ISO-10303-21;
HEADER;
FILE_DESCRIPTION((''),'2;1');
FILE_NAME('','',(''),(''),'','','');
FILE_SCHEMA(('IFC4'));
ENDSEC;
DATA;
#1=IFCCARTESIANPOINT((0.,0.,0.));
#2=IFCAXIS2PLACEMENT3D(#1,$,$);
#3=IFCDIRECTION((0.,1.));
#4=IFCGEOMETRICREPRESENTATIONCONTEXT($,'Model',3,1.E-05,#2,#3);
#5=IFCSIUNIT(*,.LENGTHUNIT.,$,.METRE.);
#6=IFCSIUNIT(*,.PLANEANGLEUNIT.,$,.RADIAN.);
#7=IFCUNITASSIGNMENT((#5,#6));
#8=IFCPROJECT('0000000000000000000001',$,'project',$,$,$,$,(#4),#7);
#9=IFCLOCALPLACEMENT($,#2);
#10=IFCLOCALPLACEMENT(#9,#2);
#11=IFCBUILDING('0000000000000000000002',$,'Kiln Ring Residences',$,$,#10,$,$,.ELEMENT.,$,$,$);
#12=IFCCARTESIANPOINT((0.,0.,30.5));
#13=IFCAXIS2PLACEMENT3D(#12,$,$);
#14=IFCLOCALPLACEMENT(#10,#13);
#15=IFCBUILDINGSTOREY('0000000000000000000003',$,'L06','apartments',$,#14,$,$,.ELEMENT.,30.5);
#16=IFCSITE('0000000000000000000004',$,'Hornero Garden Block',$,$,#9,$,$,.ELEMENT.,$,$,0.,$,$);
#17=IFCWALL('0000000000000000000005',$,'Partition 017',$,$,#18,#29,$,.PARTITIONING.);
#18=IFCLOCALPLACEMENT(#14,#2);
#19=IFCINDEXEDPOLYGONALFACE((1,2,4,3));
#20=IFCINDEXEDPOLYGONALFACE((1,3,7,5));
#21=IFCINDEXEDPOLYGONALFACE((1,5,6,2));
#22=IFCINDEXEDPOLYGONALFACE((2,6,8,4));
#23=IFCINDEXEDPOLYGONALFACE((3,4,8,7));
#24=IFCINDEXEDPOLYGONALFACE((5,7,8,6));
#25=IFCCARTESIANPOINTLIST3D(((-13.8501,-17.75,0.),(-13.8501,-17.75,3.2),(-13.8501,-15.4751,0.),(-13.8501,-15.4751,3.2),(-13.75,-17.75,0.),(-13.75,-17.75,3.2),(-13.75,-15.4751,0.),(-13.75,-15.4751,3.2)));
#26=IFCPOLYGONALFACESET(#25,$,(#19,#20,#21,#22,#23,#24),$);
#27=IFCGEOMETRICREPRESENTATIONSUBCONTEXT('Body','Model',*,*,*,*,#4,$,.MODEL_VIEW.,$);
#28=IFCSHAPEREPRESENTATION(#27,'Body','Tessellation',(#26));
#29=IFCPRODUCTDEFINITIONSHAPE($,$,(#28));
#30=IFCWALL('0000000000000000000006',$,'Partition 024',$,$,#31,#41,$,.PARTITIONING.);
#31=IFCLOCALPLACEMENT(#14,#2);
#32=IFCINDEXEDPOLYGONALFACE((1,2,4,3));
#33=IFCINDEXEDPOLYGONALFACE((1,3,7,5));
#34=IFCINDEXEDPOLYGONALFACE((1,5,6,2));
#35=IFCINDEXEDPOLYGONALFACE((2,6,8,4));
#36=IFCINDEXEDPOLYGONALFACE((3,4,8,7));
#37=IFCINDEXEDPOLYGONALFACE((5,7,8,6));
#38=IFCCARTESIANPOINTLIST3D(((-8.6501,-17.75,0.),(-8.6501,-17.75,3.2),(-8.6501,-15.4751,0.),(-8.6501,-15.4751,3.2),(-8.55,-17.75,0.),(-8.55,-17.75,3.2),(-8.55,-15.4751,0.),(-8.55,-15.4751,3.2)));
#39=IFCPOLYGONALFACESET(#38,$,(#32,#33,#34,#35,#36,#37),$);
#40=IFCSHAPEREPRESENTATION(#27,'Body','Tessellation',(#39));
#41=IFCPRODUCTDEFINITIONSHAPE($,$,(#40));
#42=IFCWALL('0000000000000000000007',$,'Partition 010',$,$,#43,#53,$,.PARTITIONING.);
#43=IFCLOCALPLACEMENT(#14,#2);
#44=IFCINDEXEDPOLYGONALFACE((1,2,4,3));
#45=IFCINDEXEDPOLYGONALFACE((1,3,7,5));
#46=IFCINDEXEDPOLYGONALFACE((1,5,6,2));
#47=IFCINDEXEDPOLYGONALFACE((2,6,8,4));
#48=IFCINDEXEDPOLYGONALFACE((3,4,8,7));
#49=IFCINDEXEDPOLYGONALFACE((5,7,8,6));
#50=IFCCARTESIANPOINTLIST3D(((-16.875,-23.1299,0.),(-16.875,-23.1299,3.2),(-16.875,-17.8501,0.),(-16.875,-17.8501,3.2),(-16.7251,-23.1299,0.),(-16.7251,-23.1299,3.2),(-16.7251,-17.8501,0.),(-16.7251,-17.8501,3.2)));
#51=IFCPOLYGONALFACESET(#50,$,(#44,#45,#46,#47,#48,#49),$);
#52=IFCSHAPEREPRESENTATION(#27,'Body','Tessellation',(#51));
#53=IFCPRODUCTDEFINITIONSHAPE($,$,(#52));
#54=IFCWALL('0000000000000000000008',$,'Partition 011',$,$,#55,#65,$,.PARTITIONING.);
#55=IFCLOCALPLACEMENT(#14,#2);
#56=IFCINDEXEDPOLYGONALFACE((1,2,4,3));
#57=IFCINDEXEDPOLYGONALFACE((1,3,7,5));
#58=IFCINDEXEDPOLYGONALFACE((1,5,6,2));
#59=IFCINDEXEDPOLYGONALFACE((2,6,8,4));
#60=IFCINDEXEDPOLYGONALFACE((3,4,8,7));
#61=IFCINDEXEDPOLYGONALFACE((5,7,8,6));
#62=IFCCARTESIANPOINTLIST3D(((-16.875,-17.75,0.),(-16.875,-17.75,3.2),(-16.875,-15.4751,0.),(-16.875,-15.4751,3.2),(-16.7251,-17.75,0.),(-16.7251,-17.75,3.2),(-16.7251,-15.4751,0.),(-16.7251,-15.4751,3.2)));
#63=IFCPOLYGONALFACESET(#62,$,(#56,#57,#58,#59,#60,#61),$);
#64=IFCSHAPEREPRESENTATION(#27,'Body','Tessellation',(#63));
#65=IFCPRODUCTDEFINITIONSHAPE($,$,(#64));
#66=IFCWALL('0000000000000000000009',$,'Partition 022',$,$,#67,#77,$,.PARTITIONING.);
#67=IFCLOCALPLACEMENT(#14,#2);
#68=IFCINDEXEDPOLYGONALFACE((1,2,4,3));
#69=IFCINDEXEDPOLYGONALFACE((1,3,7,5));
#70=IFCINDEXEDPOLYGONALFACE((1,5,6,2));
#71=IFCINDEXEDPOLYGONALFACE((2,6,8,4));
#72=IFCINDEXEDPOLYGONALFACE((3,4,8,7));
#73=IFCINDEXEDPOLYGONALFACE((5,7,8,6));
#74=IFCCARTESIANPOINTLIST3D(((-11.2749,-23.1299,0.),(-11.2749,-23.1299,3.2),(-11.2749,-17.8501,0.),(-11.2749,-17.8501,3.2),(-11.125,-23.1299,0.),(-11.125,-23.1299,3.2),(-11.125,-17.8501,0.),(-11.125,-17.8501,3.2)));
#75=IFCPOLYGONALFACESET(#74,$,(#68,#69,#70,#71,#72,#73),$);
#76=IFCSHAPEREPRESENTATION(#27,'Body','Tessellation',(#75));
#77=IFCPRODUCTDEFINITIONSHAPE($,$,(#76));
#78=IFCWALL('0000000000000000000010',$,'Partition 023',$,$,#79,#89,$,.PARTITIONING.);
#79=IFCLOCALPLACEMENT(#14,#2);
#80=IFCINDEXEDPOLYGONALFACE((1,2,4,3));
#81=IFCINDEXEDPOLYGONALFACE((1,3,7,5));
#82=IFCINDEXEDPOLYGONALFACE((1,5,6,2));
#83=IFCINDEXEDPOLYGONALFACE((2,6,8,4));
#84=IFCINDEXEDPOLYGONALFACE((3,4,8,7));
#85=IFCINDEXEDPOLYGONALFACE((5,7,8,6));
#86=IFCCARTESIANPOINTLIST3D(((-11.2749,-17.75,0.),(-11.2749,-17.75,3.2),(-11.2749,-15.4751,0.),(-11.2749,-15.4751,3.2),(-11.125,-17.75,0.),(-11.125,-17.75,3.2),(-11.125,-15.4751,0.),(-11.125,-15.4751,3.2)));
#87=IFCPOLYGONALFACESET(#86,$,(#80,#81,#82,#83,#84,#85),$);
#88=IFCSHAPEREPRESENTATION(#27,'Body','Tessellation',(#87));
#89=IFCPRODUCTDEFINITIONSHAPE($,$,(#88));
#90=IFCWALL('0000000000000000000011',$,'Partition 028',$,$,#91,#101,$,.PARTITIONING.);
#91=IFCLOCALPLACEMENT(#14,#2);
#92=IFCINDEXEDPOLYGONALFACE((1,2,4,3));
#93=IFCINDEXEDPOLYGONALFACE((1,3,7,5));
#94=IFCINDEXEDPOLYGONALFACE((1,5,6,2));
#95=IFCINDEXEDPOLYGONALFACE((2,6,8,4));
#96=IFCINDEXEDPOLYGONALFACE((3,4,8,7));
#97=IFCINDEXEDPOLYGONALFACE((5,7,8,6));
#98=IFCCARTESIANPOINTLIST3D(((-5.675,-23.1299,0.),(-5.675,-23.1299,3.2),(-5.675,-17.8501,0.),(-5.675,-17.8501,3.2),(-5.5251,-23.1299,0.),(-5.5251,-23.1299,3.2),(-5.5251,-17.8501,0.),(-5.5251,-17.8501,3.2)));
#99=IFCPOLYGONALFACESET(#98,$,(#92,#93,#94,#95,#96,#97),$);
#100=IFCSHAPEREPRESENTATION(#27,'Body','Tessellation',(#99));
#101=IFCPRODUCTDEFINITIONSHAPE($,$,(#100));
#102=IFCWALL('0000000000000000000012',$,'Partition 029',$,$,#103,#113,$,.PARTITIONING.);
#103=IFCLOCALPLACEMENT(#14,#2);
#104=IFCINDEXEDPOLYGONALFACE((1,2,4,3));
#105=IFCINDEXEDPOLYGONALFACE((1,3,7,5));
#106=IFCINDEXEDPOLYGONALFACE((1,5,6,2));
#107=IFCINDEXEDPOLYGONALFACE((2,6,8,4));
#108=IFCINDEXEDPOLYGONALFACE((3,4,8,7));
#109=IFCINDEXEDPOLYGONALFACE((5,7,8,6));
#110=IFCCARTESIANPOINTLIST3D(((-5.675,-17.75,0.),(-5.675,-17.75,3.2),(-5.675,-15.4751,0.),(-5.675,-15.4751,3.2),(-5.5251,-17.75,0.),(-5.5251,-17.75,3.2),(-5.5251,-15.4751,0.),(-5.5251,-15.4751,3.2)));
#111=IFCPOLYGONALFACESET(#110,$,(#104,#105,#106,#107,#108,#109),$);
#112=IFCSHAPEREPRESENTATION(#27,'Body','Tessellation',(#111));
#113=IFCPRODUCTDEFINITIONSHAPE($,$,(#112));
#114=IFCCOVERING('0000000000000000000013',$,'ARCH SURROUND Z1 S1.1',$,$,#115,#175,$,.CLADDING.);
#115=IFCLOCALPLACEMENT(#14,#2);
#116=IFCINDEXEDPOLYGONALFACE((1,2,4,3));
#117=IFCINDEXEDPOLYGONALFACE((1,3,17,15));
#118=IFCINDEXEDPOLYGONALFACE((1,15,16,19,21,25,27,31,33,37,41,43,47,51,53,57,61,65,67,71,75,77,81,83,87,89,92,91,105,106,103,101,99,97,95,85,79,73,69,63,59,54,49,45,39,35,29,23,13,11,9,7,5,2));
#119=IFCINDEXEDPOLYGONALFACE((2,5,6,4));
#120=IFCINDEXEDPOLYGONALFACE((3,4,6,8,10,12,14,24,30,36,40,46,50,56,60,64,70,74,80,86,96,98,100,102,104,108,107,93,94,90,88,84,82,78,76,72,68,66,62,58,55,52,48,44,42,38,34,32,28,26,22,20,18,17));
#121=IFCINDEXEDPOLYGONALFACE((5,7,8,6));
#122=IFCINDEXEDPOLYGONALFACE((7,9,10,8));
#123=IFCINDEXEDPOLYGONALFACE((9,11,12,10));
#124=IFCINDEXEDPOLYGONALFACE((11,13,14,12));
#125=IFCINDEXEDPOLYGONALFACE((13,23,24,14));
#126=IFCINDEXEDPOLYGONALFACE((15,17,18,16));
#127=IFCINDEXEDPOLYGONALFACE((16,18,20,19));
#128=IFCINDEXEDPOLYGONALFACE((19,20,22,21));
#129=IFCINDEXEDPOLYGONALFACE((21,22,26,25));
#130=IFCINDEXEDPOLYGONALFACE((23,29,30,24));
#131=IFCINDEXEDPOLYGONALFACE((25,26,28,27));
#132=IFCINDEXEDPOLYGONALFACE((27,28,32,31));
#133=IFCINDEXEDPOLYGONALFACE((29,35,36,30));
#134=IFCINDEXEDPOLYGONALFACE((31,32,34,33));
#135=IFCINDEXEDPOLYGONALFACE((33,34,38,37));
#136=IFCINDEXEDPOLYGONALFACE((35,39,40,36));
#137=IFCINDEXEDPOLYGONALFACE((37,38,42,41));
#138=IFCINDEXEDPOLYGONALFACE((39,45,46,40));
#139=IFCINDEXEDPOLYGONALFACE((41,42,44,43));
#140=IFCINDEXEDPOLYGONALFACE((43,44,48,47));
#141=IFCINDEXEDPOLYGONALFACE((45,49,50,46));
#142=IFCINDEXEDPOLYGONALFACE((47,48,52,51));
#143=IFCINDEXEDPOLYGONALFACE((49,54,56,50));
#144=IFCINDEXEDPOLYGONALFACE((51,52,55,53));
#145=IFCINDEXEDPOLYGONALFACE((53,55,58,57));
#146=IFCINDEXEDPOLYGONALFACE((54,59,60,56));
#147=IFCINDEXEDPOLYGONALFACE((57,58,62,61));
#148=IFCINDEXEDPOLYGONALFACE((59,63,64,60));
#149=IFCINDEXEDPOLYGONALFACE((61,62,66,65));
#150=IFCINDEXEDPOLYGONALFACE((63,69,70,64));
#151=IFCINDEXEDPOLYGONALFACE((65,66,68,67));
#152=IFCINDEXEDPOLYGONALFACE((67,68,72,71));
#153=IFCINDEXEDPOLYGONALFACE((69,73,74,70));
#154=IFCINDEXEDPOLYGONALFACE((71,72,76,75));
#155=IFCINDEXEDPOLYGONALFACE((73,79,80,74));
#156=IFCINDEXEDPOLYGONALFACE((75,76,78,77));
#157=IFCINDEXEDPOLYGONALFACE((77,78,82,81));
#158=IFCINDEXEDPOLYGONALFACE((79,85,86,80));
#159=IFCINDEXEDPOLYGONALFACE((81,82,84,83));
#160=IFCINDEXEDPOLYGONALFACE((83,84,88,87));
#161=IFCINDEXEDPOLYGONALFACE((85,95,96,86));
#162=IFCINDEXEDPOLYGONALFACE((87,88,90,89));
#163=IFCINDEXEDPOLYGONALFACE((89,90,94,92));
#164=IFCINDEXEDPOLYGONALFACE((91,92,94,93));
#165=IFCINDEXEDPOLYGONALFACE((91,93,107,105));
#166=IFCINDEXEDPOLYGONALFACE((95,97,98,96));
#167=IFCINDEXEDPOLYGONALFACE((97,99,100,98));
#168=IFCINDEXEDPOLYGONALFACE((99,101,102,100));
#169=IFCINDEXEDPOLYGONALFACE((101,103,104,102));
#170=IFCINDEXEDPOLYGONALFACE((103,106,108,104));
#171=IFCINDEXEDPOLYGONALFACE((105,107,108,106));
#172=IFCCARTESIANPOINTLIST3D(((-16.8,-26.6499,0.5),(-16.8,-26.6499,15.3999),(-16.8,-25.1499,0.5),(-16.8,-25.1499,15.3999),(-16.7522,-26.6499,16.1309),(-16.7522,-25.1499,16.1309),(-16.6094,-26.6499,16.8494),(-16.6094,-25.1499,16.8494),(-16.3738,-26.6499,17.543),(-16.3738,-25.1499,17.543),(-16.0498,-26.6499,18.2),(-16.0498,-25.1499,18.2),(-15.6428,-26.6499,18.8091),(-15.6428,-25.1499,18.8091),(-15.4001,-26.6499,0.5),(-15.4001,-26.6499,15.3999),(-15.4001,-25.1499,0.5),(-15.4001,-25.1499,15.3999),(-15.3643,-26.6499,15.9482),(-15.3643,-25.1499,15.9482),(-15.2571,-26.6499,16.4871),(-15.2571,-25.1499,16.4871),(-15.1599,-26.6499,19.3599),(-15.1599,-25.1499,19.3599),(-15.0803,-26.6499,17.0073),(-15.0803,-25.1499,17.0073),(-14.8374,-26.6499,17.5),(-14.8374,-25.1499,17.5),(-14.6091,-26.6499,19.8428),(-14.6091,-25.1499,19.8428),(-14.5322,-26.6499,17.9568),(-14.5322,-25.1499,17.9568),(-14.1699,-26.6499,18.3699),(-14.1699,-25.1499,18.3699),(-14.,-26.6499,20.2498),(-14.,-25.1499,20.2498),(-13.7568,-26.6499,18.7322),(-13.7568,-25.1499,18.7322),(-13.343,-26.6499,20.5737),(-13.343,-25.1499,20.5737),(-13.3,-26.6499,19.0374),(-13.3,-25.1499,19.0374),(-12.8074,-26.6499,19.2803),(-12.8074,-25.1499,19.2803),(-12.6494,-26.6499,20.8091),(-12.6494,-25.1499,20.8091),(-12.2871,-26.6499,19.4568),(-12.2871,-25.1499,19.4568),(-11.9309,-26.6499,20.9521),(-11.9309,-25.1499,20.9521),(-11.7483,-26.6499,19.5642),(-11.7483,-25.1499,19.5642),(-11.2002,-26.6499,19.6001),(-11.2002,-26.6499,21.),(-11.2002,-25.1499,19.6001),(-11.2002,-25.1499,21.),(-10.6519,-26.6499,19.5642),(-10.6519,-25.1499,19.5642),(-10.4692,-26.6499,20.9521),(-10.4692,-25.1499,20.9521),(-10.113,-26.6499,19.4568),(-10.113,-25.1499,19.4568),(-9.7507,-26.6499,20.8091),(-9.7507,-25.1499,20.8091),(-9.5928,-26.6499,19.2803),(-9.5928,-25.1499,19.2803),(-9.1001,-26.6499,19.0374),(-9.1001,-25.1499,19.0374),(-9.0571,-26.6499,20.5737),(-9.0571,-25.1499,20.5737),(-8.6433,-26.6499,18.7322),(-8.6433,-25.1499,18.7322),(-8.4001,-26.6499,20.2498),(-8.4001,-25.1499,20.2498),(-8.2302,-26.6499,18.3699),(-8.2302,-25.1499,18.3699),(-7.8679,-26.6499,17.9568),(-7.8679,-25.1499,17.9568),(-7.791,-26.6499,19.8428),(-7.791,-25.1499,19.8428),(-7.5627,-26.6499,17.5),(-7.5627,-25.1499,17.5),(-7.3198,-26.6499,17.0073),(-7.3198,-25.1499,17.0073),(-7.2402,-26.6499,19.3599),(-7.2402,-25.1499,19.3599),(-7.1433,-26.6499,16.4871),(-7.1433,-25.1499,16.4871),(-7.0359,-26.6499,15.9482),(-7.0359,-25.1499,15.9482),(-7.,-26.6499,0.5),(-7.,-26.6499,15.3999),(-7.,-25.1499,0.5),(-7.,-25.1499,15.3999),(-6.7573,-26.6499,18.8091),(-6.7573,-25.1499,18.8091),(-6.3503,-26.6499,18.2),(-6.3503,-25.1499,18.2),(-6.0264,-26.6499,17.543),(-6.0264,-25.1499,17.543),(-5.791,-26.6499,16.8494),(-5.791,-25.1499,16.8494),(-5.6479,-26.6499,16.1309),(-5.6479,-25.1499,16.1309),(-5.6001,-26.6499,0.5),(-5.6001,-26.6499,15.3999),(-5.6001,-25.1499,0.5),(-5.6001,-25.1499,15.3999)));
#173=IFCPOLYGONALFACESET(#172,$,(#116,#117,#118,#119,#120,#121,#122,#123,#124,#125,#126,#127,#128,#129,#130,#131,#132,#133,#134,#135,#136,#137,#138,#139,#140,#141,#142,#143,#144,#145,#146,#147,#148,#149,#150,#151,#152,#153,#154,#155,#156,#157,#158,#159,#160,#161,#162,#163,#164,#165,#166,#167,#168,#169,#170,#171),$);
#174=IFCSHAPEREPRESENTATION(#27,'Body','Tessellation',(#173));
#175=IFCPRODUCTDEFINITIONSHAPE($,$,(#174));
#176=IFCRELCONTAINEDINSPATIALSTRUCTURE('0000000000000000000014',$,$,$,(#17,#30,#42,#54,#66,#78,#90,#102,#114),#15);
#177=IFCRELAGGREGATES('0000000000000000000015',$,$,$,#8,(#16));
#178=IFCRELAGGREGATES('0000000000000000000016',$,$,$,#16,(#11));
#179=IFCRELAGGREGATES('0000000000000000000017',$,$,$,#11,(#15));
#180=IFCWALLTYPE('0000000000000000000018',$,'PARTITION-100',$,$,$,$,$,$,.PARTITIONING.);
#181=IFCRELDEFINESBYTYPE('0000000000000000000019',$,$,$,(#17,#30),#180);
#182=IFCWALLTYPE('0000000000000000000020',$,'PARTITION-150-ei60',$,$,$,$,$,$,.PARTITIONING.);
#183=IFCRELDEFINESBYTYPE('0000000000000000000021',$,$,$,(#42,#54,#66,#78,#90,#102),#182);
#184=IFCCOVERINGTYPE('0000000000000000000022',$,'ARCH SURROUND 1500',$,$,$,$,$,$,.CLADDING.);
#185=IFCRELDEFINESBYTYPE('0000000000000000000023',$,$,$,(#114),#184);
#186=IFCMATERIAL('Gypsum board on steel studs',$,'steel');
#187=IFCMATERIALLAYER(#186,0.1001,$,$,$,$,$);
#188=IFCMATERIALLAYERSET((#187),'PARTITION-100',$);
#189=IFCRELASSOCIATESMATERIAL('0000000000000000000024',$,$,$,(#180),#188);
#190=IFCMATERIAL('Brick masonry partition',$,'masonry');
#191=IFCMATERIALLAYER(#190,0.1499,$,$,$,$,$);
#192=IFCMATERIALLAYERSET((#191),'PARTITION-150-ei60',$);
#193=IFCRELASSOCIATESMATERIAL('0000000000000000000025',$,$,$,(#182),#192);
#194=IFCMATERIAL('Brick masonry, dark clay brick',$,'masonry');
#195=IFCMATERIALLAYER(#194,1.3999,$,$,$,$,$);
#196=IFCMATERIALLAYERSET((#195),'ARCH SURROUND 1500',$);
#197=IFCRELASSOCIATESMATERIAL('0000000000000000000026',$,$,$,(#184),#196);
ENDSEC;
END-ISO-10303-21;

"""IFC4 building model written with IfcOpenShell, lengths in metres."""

from ifc_helpers import new_model, si_unit, direction, frame, frame_2d, origin, place, context, subcontext, project, spatial, polyline, rectangle, outline, extrude, material, layer, layer_set, type_object, element, save


model = new_model("IFC4")

# Units and contexts
model_context = context("Model", 3, precision=1e-05, world=origin(), true_north=direction((0.0, 1.0)))
body_context = subcontext(model_context, "Body", "Model", "MODEL_VIEW")
ifc_project = project(units=[si_unit("LENGTHUNIT", "METRE"), si_unit("PLANEANGLEUNIT", "RADIAN")], contexts=[model_context])

# Site, building, storey
site_placement = place(None, origin())
site = spatial("IfcSite", under=ifc_project, at=site_placement, Name="Hornero Garden Block", CompositionType="ELEMENT", RefElevation=0.0)
building_placement = place(site_placement, origin())
building = spatial("IfcBuilding", under=site, at=building_placement, Name="Kiln Ring Residences", CompositionType="ELEMENT")
storey_placement = place(building_placement, frame((0.0, 0.0, 30.5)))
storey = spatial("IfcBuildingStorey", under=building, at=storey_placement, Name="L06", Description="apartments", CompositionType="ELEMENT", Elevation=30.5)

# Walls
ifc_material_1 = material(Name="Gypsum board on steel studs", Category="steel")
ifc_layer_1 = layer(ifc_material_1, 0.1001)
ifc_layer_set_1 = layer_set([ifc_layer_1], Name="PARTITION-100")
wall_type_1 = type_object("IfcWallType", Name="PARTITION-100", PredefinedType="PARTITIONING", material=ifc_layer_set_1)
for number, where, z_axis, x_axis, name in (
    (1, (-13.8, -17.75, 0.0), (0.0, 0.0, 1.0), (0.0, 1.0, 0.0), "Partition 017"),
    (2, (-8.6001, -17.75, 0.0), (0.0, 0.0, 1.0), (0.0, 1.0, 0.0), "Partition 024"),
):
    element("IfcWall", number, at=place(storey_placement, frame(where, z_axis=z_axis, x_axis=x_axis)), inside=storey, type_object=wall_type_1, Name=name, PredefinedType="PARTITIONING", context=body_context, shape_type="SweptSolid", body=[
        extrude(rectangle(XDim=2.2749, YDim=0.1001, at=frame_2d((1.1375, 0.0))), origin(), (0.0, 0.0, 1.0), 3.2),
    ])
ifc_material_2 = material(Name="Brick masonry partition", Category="masonry")
ifc_layer_2 = layer(ifc_material_2, 0.1499)
ifc_layer_set_2 = layer_set([ifc_layer_2], Name="PARTITION-150-ei60")
wall_type_2 = type_object("IfcWallType", Name="PARTITION-150-ei60", PredefinedType="PARTITIONING", material=ifc_layer_set_2)
wall_1_placement = place(storey_placement, frame((-16.8, -23.1299, 0.0), z_axis=(0.0, 0.0, 1.0), x_axis=(0.0, 1.0, 0.0)))
element("IfcWall", 3, at=wall_1_placement, inside=storey, type_object=wall_type_2, Name="Partition 010", PredefinedType="PARTITIONING", context=body_context, shape_type="SweptSolid", body=[
    extrude(rectangle(XDim=5.2798, YDim=0.1499, at=frame_2d((2.6399, 0.0))), origin(), (0.0, 0.0, 1.0), 3.2),
])
wall_2_placement = place(storey_placement, frame((-16.8, -17.75, 0.0), z_axis=(0.0, 0.0, 1.0), x_axis=(0.0, 1.0, 0.0)))
element("IfcWall", 4, at=wall_2_placement, inside=storey, type_object=wall_type_2, Name="Partition 011", PredefinedType="PARTITIONING", context=body_context, shape_type="SweptSolid", body=[
    extrude(rectangle(XDim=2.2749, YDim=0.1499, at=frame_2d((1.1375, 0.0))), origin(), (0.0, 0.0, 1.0), 3.2),
])
wall_3_placement = place(storey_placement, frame((-11.2, -23.1299, 0.0), z_axis=(0.0, 0.0, 1.0), x_axis=(0.0, 1.0, 0.0)))
element("IfcWall", 5, at=wall_3_placement, inside=storey, type_object=wall_type_2, Name="Partition 022", PredefinedType="PARTITIONING", context=body_context, shape_type="SweptSolid", body=[
    extrude(rectangle(XDim=5.2798, YDim=0.1499, at=frame_2d((2.6399, 0.0))), origin(), (0.0, 0.0, 1.0), 3.2),
])
wall_4_placement = place(storey_placement, frame((-11.2, -17.75, 0.0), z_axis=(0.0, 0.0, 1.0), x_axis=(0.0, 1.0, 0.0)))
element("IfcWall", 6, at=wall_4_placement, inside=storey, type_object=wall_type_2, Name="Partition 023", PredefinedType="PARTITIONING", context=body_context, shape_type="SweptSolid", body=[
    extrude(rectangle(XDim=2.2749, YDim=0.1499, at=frame_2d((1.1375, 0.0))), origin(), (0.0, 0.0, 1.0), 3.2),
])
wall_5_placement = place(storey_placement, frame((-5.6001, -23.1299, 0.0), z_axis=(0.0, 0.0, 1.0), x_axis=(0.0, 1.0, 0.0)))
element("IfcWall", 7, at=wall_5_placement, inside=storey, type_object=wall_type_2, Name="Partition 028", PredefinedType="PARTITIONING", context=body_context, shape_type="SweptSolid", body=[
    extrude(rectangle(XDim=5.2798, YDim=0.1499, at=frame_2d((2.6399, 0.0))), origin(), (0.0, 0.0, 1.0), 3.2),
])
wall_6_placement = place(storey_placement, frame((-5.6001, -17.75, 0.0), z_axis=(0.0, 0.0, 1.0), x_axis=(0.0, 1.0, 0.0)))
element("IfcWall", 8, at=wall_6_placement, inside=storey, type_object=wall_type_2, Name="Partition 029", PredefinedType="PARTITIONING", context=body_context, shape_type="SweptSolid", body=[
    extrude(rectangle(XDim=2.2749, YDim=0.1499, at=frame_2d((1.1375, 0.0))), origin(), (0.0, 0.0, 1.0), 3.2),
])

# Covering
ifc_material_3 = material(Name="Brick masonry, dark clay brick", Category="masonry")
ifc_layer_3 = layer(ifc_material_3, 1.3999)
ifc_layer_set_3 = layer_set([ifc_layer_3], Name="ARCH SURROUND 1500")
covering_type_1 = type_object("IfcCoveringType", Name="ARCH SURROUND 1500", PredefinedType="CLADDING", material=ifc_layer_set_3)
covering_1_placement = place(storey_placement, frame((-5.6001, -25.8999, 0.5), z_axis=(0.0, 0.0, 1.0), x_axis=(-1.0, 0.0, 0.0)))
element("IfcCovering", 9, at=covering_1_placement, inside=storey, type_object=covering_type_1, Name="ARCH SURROUND Z1 S1.1", PredefinedType="CLADDING", context=body_context, shape_type="SweptSolid", body=[
    extrude(outline(polyline([(11.2, 0.0), (11.2, 14.8999), (11.1521, 15.6309), (11.0093, 16.3494), (10.7737, 17.043), (10.4497, 17.7), (10.0427, 18.3091), (9.5598, 18.8599), (9.009, 19.3428), (8.3999, 19.7498), (7.7429, 20.0737), (7.0493, 20.3091), (6.3308, 20.4521), (5.6001, 20.5), (4.8691, 20.4521), (4.1506, 20.3091), (3.457, 20.0737), (2.8, 19.7498), (2.1909, 19.3428), (1.6401, 18.8599), (1.1572, 18.3091), (0.7502, 17.7), (0.4263, 17.043), (0.1909, 16.3494), (0.0479, 15.6309), (0.0, 14.8999), (0.0, 0.0), (1.3999, 0.0), (1.3999, 14.8999), (1.4358, 15.4482), (1.5432, 15.9871), (1.7197, 16.5073), (1.9626, 17.0), (2.2678, 17.4568), (2.6301, 17.8699), (3.0432, 18.2322), (3.5, 18.5374), (3.9927, 18.7803), (4.5129, 18.9568), (5.0518, 19.0642), (5.6001, 19.1001), (6.1482, 19.0642), (6.687, 18.9568), (7.2073, 18.7803), (7.7, 18.5374), (8.1567, 18.2322), (8.5698, 17.8699), (8.9321, 17.4568), (9.2373, 17.0), (9.4802, 16.5073), (9.657, 15.9871), (9.7642, 15.4482), (9.8, 14.8999), (9.8, 0.0), (11.2, 0.0)])), frame((0.0, 0.75, 0.0), z_axis=(0.0, -1.0, 0.0), x_axis=(1.0, 0.0, 0.0)), (0.0, 0.0, 1.0), 1.5),
])

save(model, "model.ifc")
